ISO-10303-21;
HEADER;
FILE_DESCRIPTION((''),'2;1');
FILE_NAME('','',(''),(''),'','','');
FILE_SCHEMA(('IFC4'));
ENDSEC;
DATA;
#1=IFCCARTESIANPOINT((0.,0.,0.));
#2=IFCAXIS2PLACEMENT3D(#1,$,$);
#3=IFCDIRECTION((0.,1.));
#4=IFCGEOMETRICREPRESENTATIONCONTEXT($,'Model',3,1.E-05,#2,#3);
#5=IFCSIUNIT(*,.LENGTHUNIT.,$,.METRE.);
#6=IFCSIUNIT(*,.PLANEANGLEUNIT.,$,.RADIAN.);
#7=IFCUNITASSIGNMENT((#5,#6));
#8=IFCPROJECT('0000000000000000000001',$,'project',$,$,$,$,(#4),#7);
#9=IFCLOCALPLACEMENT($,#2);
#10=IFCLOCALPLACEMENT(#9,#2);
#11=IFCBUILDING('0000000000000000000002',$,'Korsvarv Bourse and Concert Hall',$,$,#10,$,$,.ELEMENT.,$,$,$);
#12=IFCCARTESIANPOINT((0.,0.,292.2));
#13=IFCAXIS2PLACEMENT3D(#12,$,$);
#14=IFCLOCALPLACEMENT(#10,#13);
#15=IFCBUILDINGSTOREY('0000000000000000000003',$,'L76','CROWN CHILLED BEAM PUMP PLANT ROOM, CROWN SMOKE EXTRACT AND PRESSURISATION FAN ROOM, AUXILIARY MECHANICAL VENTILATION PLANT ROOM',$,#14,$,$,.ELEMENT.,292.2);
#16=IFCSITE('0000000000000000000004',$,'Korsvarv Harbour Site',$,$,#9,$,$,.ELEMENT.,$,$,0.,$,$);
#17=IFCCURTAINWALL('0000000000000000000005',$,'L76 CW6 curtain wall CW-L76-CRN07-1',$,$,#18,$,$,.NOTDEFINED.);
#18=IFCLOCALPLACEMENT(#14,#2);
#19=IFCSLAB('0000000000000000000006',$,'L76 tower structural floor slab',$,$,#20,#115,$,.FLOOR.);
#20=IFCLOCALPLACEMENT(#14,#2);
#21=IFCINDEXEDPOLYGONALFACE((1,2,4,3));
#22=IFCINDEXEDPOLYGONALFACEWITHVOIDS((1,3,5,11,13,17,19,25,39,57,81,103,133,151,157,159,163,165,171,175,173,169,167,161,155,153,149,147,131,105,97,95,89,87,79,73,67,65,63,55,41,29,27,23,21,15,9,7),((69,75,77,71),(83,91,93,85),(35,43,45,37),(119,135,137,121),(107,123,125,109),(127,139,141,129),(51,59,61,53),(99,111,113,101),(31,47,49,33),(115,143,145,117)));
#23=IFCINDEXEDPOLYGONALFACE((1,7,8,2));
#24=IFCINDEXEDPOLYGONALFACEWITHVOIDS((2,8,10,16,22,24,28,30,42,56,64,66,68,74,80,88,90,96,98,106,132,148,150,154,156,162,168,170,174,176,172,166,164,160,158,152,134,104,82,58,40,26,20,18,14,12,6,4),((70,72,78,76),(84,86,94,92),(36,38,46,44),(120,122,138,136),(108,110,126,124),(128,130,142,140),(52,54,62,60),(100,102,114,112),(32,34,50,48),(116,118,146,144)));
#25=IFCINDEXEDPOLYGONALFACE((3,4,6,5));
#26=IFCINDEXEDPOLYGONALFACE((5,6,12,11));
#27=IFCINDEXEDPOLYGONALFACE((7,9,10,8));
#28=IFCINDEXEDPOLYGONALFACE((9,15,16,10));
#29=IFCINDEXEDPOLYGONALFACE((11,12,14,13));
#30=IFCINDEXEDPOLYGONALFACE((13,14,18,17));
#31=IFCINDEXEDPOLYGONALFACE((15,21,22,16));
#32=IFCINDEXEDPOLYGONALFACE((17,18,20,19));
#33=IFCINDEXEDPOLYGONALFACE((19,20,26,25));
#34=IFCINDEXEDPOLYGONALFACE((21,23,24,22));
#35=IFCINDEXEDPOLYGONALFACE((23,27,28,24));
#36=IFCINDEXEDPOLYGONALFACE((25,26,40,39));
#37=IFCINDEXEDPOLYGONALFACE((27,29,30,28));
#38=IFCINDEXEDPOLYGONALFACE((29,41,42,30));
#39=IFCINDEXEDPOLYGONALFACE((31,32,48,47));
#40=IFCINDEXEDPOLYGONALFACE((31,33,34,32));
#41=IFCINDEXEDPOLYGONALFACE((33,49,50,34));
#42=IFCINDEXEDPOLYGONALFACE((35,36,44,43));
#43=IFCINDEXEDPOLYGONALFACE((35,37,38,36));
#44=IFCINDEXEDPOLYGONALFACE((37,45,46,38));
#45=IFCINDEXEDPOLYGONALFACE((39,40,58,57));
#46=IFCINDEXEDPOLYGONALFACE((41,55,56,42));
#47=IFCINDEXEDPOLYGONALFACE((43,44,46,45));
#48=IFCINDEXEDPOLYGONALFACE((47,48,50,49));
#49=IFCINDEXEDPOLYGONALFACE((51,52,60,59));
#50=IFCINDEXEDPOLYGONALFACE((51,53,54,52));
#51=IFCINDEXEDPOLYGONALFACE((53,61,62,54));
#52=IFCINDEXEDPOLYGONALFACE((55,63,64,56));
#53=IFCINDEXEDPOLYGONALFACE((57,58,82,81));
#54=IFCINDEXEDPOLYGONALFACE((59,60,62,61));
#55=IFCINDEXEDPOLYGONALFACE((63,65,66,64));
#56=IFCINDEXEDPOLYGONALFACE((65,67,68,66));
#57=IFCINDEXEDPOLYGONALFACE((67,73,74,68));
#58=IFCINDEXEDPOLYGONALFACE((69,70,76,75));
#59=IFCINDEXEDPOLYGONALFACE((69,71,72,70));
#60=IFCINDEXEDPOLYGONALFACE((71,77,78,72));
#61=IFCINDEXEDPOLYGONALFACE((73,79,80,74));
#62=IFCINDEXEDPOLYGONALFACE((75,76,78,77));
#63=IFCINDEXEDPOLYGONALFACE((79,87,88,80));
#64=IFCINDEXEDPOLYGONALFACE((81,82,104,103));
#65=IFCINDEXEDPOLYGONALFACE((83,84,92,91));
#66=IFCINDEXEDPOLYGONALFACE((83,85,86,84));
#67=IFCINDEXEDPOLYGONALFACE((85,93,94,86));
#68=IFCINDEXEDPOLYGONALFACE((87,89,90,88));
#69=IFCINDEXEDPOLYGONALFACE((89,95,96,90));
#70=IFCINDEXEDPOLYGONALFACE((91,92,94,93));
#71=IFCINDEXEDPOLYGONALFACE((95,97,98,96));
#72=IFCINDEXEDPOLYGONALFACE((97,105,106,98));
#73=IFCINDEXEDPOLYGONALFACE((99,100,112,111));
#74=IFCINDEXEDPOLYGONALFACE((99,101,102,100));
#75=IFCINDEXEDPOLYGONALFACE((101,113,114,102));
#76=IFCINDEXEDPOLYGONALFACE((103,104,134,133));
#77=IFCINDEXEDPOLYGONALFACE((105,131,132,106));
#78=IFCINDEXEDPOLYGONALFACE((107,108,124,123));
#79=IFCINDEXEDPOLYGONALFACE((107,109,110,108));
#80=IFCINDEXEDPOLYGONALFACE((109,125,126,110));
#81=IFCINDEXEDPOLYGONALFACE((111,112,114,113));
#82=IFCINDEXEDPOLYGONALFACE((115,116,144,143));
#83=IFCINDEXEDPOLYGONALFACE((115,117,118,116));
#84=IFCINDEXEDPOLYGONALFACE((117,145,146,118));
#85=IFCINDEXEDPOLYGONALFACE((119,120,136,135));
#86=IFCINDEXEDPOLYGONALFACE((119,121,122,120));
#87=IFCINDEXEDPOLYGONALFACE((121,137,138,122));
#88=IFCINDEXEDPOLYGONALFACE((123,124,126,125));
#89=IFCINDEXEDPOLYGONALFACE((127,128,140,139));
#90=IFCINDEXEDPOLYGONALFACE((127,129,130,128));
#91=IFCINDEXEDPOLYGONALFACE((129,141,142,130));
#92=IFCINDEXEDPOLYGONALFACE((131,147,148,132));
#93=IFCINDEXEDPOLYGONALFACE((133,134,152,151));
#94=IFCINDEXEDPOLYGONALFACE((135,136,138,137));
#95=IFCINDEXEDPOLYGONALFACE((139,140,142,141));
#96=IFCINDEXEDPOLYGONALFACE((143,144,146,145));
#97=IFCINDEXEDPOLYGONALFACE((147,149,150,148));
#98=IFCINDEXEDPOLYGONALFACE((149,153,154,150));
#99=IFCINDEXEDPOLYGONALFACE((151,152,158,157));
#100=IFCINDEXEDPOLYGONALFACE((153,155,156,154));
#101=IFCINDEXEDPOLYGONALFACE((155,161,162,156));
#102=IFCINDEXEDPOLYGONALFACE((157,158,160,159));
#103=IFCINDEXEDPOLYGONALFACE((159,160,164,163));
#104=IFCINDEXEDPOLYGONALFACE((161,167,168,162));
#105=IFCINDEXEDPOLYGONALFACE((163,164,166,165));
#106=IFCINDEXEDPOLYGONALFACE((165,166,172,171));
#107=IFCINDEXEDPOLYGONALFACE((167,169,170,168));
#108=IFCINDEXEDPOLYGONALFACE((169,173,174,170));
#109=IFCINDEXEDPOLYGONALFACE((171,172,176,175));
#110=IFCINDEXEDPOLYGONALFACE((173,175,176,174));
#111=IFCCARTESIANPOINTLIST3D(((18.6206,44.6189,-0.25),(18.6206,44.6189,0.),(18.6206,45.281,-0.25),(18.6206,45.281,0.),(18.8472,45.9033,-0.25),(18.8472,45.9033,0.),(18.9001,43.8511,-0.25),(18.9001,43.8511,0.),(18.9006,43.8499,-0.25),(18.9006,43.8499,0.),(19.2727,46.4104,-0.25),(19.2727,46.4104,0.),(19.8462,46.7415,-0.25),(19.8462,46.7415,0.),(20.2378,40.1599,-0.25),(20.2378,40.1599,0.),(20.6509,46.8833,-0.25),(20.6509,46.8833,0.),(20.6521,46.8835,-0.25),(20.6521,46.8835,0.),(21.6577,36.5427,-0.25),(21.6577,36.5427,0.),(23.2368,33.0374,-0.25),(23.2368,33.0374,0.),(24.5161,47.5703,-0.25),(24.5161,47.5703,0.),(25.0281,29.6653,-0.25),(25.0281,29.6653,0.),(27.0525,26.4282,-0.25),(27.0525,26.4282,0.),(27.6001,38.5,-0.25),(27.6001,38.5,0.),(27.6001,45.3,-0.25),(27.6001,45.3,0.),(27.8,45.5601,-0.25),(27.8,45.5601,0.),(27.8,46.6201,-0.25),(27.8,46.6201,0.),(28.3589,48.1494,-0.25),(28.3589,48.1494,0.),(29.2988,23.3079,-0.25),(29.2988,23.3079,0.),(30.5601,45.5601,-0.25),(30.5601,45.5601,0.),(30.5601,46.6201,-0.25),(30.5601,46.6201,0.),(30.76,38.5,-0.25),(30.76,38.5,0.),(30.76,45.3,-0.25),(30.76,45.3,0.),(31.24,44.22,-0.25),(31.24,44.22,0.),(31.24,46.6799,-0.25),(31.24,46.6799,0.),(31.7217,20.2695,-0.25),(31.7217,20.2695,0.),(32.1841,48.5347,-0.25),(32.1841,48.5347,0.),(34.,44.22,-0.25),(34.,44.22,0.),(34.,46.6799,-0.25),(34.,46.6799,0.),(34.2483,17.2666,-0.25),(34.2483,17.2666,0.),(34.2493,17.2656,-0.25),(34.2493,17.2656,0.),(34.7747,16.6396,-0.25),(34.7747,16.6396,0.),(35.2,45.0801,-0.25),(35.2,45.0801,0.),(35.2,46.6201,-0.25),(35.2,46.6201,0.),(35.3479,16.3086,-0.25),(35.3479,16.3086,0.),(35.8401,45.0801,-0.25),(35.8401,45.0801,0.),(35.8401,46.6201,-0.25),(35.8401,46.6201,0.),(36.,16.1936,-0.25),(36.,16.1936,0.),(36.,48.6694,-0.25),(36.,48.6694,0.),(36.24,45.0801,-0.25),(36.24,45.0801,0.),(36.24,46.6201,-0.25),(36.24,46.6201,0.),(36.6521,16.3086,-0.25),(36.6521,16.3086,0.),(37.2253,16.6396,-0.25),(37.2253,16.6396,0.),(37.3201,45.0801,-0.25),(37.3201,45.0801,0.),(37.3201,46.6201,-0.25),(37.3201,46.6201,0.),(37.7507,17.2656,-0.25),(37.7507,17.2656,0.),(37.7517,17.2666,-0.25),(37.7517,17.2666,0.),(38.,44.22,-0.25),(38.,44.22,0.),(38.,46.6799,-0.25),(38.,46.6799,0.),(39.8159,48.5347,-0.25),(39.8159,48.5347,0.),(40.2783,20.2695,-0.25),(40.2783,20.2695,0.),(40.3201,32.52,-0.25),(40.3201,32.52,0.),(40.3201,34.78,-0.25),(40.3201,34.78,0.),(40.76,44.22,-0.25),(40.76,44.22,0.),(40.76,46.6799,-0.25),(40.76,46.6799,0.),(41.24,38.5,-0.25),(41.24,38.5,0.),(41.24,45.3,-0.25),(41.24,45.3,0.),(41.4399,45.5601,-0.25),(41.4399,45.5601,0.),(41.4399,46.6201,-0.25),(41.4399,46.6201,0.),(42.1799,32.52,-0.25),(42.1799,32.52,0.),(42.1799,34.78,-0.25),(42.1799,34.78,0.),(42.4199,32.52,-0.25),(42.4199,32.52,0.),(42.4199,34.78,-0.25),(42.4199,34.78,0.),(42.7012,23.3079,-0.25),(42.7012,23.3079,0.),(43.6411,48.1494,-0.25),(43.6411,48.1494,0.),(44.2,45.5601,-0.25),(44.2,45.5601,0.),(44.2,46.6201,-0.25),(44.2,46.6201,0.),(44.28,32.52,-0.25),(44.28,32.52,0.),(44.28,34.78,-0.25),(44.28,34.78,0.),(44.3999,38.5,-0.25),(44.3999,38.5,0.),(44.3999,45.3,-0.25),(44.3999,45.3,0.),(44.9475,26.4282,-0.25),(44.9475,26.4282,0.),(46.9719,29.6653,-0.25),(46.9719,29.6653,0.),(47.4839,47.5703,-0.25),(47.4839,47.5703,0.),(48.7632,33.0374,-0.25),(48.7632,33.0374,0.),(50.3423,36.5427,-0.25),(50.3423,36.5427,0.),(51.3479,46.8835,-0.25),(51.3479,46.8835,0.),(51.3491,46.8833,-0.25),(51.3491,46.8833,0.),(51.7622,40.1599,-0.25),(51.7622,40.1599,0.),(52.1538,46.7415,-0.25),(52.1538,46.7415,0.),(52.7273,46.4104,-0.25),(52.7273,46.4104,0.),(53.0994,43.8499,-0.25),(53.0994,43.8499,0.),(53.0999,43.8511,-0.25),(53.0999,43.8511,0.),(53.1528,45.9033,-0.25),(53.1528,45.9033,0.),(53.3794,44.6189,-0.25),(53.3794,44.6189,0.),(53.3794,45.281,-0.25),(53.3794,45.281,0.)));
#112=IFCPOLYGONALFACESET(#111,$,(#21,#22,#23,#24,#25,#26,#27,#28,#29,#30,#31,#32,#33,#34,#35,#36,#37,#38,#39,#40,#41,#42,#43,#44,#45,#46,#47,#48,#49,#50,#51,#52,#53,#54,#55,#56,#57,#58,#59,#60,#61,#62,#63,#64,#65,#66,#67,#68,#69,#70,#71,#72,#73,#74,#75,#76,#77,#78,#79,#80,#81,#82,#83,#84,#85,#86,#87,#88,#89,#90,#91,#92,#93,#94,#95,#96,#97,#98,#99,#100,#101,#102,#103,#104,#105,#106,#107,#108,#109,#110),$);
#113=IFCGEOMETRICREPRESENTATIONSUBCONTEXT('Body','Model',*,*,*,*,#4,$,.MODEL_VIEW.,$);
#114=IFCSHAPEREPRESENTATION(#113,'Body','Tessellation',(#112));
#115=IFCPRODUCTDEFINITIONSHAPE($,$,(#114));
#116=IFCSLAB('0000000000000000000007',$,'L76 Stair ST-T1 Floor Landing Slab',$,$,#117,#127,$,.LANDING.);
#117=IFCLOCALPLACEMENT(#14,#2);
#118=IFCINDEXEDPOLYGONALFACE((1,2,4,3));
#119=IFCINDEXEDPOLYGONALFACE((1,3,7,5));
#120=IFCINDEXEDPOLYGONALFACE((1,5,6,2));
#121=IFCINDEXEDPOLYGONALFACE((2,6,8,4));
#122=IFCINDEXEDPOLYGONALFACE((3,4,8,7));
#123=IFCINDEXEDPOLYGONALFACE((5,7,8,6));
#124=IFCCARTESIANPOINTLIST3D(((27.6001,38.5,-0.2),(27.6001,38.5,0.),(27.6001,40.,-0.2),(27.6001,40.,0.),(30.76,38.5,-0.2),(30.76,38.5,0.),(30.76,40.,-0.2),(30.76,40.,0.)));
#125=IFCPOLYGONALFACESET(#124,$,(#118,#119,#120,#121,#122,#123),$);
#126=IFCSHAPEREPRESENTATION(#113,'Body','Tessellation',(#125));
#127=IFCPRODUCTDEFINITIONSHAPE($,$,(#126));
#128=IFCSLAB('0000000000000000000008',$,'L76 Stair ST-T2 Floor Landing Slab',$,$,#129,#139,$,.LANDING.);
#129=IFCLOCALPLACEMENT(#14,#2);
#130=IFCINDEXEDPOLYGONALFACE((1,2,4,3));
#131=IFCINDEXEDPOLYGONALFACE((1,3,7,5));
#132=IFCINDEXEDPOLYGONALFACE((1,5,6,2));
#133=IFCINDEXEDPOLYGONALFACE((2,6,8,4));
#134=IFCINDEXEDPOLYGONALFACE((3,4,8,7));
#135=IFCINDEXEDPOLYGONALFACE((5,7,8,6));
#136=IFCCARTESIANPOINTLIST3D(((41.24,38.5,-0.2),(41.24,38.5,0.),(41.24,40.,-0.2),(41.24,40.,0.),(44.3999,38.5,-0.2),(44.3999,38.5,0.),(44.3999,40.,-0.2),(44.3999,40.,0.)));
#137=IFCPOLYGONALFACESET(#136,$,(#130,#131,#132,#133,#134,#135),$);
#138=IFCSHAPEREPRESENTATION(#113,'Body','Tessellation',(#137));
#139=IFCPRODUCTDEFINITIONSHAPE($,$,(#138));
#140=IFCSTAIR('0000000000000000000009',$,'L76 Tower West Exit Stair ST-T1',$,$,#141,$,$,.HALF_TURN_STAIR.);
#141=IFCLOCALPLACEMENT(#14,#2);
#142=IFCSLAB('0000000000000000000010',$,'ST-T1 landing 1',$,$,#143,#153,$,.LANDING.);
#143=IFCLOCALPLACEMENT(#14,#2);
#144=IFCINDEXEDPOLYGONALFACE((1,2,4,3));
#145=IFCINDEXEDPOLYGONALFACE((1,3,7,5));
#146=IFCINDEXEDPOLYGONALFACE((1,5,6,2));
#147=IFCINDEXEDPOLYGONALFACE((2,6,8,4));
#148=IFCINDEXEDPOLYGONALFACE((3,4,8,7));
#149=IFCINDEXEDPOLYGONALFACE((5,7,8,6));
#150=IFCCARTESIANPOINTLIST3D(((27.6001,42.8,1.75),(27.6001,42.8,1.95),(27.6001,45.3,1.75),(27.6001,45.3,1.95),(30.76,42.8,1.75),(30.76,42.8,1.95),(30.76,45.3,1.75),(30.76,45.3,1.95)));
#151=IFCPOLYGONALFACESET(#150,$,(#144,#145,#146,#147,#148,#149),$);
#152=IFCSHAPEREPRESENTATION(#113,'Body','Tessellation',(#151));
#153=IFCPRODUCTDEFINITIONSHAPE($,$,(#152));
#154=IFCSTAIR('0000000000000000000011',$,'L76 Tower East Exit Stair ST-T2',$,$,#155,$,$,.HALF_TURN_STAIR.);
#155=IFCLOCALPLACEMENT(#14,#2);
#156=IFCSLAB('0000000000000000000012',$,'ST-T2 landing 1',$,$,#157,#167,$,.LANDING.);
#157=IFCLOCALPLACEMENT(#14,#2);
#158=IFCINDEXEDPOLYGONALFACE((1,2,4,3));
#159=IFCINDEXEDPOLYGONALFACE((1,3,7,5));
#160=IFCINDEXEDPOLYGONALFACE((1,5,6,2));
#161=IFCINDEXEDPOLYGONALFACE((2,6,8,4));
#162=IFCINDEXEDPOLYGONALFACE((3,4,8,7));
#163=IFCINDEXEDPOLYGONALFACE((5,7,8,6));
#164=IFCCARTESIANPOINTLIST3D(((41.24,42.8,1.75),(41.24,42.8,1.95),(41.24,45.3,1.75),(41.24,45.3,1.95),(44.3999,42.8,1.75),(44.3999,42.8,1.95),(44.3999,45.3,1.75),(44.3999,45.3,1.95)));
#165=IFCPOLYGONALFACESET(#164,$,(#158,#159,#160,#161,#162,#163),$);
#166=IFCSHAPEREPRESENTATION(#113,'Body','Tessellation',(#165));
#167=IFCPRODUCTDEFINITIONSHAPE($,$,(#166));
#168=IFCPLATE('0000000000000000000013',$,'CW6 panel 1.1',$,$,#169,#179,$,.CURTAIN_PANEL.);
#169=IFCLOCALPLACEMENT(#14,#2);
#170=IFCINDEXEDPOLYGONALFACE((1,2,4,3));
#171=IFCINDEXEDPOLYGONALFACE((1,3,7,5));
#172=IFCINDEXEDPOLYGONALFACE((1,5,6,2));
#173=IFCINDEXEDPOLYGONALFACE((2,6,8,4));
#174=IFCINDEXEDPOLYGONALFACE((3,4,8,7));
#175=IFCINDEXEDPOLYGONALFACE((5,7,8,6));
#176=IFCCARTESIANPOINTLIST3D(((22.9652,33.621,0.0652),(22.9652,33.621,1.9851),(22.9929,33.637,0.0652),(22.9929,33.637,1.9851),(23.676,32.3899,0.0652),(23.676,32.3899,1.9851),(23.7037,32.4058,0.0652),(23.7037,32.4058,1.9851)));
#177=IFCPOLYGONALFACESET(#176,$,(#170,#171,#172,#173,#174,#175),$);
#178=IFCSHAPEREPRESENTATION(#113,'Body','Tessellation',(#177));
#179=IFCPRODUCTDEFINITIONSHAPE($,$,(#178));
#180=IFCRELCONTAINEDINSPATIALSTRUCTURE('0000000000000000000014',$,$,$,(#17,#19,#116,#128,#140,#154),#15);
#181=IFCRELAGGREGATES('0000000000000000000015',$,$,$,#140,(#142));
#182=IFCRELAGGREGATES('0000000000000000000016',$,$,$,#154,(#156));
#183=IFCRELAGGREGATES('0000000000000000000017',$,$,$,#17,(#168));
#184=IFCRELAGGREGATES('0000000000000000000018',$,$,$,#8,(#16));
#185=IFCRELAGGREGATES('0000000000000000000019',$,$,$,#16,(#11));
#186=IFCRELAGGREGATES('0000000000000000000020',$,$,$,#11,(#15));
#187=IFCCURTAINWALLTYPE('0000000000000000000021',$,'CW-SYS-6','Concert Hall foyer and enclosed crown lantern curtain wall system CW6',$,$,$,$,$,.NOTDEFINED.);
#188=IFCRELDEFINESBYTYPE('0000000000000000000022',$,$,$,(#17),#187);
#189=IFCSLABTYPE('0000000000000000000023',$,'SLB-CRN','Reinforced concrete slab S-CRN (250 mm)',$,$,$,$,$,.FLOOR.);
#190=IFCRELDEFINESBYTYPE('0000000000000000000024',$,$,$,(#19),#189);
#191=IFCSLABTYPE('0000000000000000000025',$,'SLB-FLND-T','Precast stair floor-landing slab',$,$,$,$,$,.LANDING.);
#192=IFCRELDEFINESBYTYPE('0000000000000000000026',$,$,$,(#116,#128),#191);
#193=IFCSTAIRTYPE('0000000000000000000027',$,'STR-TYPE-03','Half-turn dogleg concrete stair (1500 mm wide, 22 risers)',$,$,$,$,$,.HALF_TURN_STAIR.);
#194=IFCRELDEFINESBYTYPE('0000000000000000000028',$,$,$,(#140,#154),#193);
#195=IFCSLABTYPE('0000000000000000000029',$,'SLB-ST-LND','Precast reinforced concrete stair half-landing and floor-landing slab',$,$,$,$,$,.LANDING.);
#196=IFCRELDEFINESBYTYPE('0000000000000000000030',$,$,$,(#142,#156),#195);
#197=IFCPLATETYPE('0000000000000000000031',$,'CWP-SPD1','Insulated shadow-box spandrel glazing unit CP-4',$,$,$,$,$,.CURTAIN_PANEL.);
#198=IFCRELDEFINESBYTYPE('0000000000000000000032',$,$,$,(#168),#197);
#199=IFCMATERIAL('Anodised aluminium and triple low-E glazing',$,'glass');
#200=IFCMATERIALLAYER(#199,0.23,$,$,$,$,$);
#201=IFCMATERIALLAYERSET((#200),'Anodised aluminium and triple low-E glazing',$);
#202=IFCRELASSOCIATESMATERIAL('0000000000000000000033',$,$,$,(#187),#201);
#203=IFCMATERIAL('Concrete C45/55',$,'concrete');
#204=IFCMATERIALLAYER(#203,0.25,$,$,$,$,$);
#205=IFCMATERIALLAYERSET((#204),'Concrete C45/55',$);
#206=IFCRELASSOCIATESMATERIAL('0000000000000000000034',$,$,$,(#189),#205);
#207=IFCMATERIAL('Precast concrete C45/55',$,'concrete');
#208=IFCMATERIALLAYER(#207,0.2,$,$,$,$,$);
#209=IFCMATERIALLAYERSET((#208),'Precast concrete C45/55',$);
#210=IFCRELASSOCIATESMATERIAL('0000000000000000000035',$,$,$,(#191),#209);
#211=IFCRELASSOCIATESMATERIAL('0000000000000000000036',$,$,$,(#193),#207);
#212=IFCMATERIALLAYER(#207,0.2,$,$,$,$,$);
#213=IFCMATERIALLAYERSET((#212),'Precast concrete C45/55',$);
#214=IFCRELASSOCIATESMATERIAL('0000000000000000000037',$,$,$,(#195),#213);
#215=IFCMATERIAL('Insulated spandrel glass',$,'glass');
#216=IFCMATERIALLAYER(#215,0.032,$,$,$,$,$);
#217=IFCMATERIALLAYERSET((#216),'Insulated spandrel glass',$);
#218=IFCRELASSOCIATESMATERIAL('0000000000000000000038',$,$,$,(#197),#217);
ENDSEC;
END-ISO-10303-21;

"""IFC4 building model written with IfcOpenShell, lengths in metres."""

from ifc_helpers import new_model, si_unit, direction, frame, origin, origin_2d, place, context, subcontext, project, spatial, polyline, rectangle, outline, extrude, source, transform, mapped, material, layer, layer_set, type_object, element, aggregate, save


model = new_model("IFC4")

# Units and contexts
model_context = context("Model", 3, precision=1e-05, world=origin(), true_north=direction((0.0, 1.0)))
body_context = subcontext(model_context, "Body", "Model", "MODEL_VIEW")
ifc_project = project(units=[si_unit("LENGTHUNIT", "METRE"), si_unit("PLANEANGLEUNIT", "RADIAN")], contexts=[model_context])

# Site, building, storey
site_placement = place(None, origin())
site = spatial("IfcSite", under=ifc_project, at=site_placement, Name="Korsvarv Harbour Site", CompositionType="ELEMENT", RefElevation=0.0)
building_placement = place(site_placement, origin())
building = spatial("IfcBuilding", under=site, at=building_placement, Name="Korsvarv Bourse and Concert Hall", CompositionType="ELEMENT")
storey_placement = place(building_placement, frame((0.0, 0.0, 292.2)))
storey = spatial("IfcBuildingStorey", under=building, at=storey_placement, Name="L76", Description="CROWN CHILLED BEAM PUMP PLANT ROOM, CROWN SMOKE EXTRACT AND PRESSURISATION FAN ROOM, AUXILIARY MECHANICAL VENTILATION PLANT ROOM", CompositionType="ELEMENT", Elevation=292.2)

# Curtain wall
ifc_material_1 = material(Name="Anodised aluminium and triple low-E glazing", Category="glass")
ifc_layer_1 = layer(ifc_material_1, 0.23)
ifc_layer_set_1 = layer_set([ifc_layer_1], Name="Anodised aluminium and triple low-E glazing")
curtain_wall_type = type_object("IfcCurtainWallType", Name="CW-SYS-6", Description="Concert Hall foyer and enclosed crown lantern curtain wall system CW6", PredefinedType="NOTDEFINED", material=ifc_layer_set_1)
curtain_wall_1_placement = place(storey_placement, origin())
curtain_wall_1 = element("IfcCurtainWall", 1, at=curtain_wall_1_placement, inside=storey, type_object=curtain_wall_type, Name="L76 CW6 curtain wall CW-L76-CRN07-1", PredefinedType="NOTDEFINED")

# Slabs
ifc_material_2 = material(Name="Concrete C45/55", Category="concrete")
ifc_layer_2 = layer(ifc_material_2, 0.25)
ifc_layer_set_2 = layer_set([ifc_layer_2], Name="Concrete C45/55")
slab_type_1 = type_object("IfcSlabType", Name="SLB-CRN", Description="Reinforced concrete slab S-CRN (250 mm)", PredefinedType="FLOOR", material=ifc_layer_set_2)
slab_1_placement = place(storey_placement, frame((0.0, 0.0, -0.25)))
element("IfcSlab", 2, at=slab_1_placement, inside=storey, type_object=slab_type_1, Name="L76 tower structural floor slab", PredefinedType="FLOOR", context=body_context, shape_type="SweptSolid", body=[
    extrude(outline(polyline([(53.0994, 43.8499), (51.7622, 40.1599), (50.3423, 36.5427), (48.7632, 33.0374), (46.9719, 29.6653), (44.9475, 26.4282), (42.7012, 23.3079), (40.2783, 20.2695), (37.7517, 17.2666), (37.7507, 17.2656), (37.2253, 16.6396), (36.6521, 16.3086), (36.0, 16.1936), (35.3479, 16.3086), (34.7747, 16.6396), (34.2493, 17.2656), (34.2483, 17.2666), (31.7217, 20.2695), (29.2988, 23.3079), (27.0525, 26.4282), (25.0281, 29.6653), (23.2368, 33.0374), (21.6577, 36.5427), (20.2378, 40.1599), (18.9006, 43.8499), (18.9001, 43.8511), (18.6206, 44.6189), (18.6206, 45.281), (18.8472, 45.9033), (19.2727, 46.4104), (19.8462, 46.7415), (20.6509, 46.8833), (20.6521, 46.8835), (24.5161, 47.5703), (28.3589, 48.1494), (32.1841, 48.5347), (36.0, 48.6694), (39.8159, 48.5347), (43.6411, 48.1494), (47.4839, 47.5703), (51.3479, 46.8835), (51.3491, 46.8833), (52.1538, 46.7415), (52.7273, 46.4104), (53.1528, 45.9033), (53.3794, 45.281), (53.3794, 44.6189), (53.0999, 43.8511), (53.0994, 43.8499)]), holes=[polyline([(30.76, 38.5), (30.76, 45.3), (27.6001, 45.3), (27.6001, 38.5), (30.76, 38.5)]), polyline([(44.3999, 38.5), (44.3999, 45.3), (41.24, 45.3), (41.24, 38.5), (44.3999, 38.5)]), polyline([(31.24, 44.22), (34.0, 44.22), (34.0, 46.6799), (31.24, 46.6799), (31.24, 44.22)]), polyline([(38.0, 44.22), (40.76, 44.22), (40.76, 46.6799), (38.0, 46.6799), (38.0, 44.22)]), polyline([(40.3201, 32.52), (42.1799, 32.52), (42.1799, 34.78), (40.3201, 34.78), (40.3201, 32.52)]), polyline([(42.4199, 32.52), (44.28, 32.52), (44.28, 34.78), (42.4199, 34.78), (42.4199, 32.52)]), polyline([(27.8, 45.5601), (30.5601, 45.5601), (30.5601, 46.6201), (27.8, 46.6201), (27.8, 45.5601)]), polyline([(41.4399, 45.5601), (44.2, 45.5601), (44.2, 46.6201), (41.4399, 46.6201), (41.4399, 45.5601)]), polyline([(35.2, 45.0801), (35.8401, 45.0801), (35.8401, 46.6201), (35.2, 46.6201), (35.2, 45.0801)]), polyline([(36.24, 45.0801), (37.3201, 45.0801), (37.3201, 46.6201), (36.24, 46.6201), (36.24, 45.0801)])]), origin(), (0.0, 0.0, 1.0), 0.25),
])
ifc_material_3 = material(Name="Precast concrete C45/55", Category="concrete")
ifc_layer_3 = layer(ifc_material_3, 0.2)
ifc_layer_set_3 = layer_set([ifc_layer_3], Name="Precast concrete C45/55")
slab_type_2 = type_object("IfcSlabType", Name="SLB-FLND-T", Description="Precast stair floor-landing slab", PredefinedType="LANDING", material=ifc_layer_set_3)
slab_2_placement = place(storey_placement, frame((0.0, 0.0, -0.2)))
element("IfcSlab", 3, at=slab_2_placement, inside=storey, type_object=slab_type_2, Name="L76 Stair ST-T1 Floor Landing Slab", PredefinedType="LANDING", context=body_context, shape_type="SweptSolid", body=[
    extrude(outline(polyline([(30.76, 38.5), (30.76, 40.0), (27.6001, 40.0), (27.6001, 38.5), (30.76, 38.5)])), origin(), (0.0, 0.0, 1.0), 0.2),
])
slab_3_placement = place(storey_placement, frame((0.0, 0.0, -0.2)))
element("IfcSlab", 4, at=slab_3_placement, inside=storey, type_object=slab_type_2, Name="L76 Stair ST-T2 Floor Landing Slab", PredefinedType="LANDING", context=body_context, shape_type="SweptSolid", body=[
    extrude(outline(polyline([(44.3999, 38.5), (44.3999, 40.0), (41.24, 40.0), (41.24, 38.5), (44.3999, 38.5)])), origin(), (0.0, 0.0, 1.0), 0.2),
])

# Stairs, slabs
stair_type = type_object("IfcStairType", Name="STR-TYPE-03", Description="Half-turn dogleg concrete stair (1500 mm wide, 22 risers)", PredefinedType="HALF_TURN_STAIR", material=ifc_material_3)
stair_1_placement = place(storey_placement, origin())
stair_1 = element("IfcStair", 5, at=stair_1_placement, inside=storey, type_object=stair_type, Name="L76 Tower West Exit Stair ST-T1", PredefinedType="HALF_TURN_STAIR")
ifc_layer_4 = layer(ifc_material_3, 0.2)
ifc_layer_set_4 = layer_set([ifc_layer_4], Name="Precast concrete C45/55")
slab_type_3 = type_object("IfcSlabType", Name="SLB-ST-LND", Description="Precast reinforced concrete stair half-landing and floor-landing slab", PredefinedType="LANDING", material=ifc_layer_set_4)
slab_4_placement = place(storey_placement, frame((0.0, 0.0, 1.75)))
slab_4 = element("IfcSlab", 6, at=slab_4_placement, type_object=slab_type_3, Name="ST-T1 landing 1", PredefinedType="LANDING", context=body_context, shape_type="SweptSolid", body=[
    extrude(outline(polyline([(30.76, 42.8), (30.76, 45.3), (27.6001, 45.3), (27.6001, 42.8), (30.76, 42.8)])), origin(), (0.0, 0.0, 1.0), 0.2),
])
aggregate(stair_1, [slab_4])
stair_2_placement = place(storey_placement, origin())
stair_2 = element("IfcStair", 7, at=stair_2_placement, inside=storey, type_object=stair_type, Name="L76 Tower East Exit Stair ST-T2", PredefinedType="HALF_TURN_STAIR")
slab_5_placement = place(storey_placement, frame((0.0, 0.0, 1.75)))
slab_5 = element("IfcSlab", 8, at=slab_5_placement, type_object=slab_type_3, Name="ST-T2 landing 1", PredefinedType="LANDING", context=body_context, shape_type="SweptSolid", body=[
    extrude(outline(polyline([(44.3999, 42.8), (44.3999, 45.3), (41.24, 45.3), (41.24, 42.8), (44.3999, 42.8)])), origin(), (0.0, 0.0, 1.0), 0.2),
])
aggregate(stair_2, [slab_5])

# Plate
ifc_material_4 = material(Name="Insulated spandrel glass", Category="glass")
ifc_layer_5 = layer(ifc_material_4, 0.032)
ifc_layer_set_5 = layer_set([ifc_layer_5], Name="Insulated spandrel glass")
plate_type = type_object("IfcPlateType", Name="CWP-SPD1", Description="Insulated shadow-box spandrel glazing unit CP-4", PredefinedType="CURTAIN_PANEL", material=ifc_layer_set_5)
shared_shape_1 = source(origin(), body_context, "Body", "SweptSolid", [
    extrude(rectangle(XDim=1.4216, YDim=0.032, at=origin_2d()), origin(), (0.0, 0.0, 1.0), 1.9199),
])
plate_placement = place(storey_placement, frame((23.3345, 33.0134, 0.0652), z_axis=(0.0, 0.0, 1.0), x_axis=(0.500016, -0.866016, 0.0)))
plate = element("IfcPlate", 9, at=plate_placement, type_object=plate_type, Name="CW6 panel 1.1", PredefinedType="CURTAIN_PANEL", context=body_context, shape_type="MappedRepresentation", body=[
    mapped(shared_shape_1, transform((0.0, 0.0, 0.0), scale=1.0)),
])
aggregate(curtain_wall_1, [plate])

save(model, "model.ifc")
